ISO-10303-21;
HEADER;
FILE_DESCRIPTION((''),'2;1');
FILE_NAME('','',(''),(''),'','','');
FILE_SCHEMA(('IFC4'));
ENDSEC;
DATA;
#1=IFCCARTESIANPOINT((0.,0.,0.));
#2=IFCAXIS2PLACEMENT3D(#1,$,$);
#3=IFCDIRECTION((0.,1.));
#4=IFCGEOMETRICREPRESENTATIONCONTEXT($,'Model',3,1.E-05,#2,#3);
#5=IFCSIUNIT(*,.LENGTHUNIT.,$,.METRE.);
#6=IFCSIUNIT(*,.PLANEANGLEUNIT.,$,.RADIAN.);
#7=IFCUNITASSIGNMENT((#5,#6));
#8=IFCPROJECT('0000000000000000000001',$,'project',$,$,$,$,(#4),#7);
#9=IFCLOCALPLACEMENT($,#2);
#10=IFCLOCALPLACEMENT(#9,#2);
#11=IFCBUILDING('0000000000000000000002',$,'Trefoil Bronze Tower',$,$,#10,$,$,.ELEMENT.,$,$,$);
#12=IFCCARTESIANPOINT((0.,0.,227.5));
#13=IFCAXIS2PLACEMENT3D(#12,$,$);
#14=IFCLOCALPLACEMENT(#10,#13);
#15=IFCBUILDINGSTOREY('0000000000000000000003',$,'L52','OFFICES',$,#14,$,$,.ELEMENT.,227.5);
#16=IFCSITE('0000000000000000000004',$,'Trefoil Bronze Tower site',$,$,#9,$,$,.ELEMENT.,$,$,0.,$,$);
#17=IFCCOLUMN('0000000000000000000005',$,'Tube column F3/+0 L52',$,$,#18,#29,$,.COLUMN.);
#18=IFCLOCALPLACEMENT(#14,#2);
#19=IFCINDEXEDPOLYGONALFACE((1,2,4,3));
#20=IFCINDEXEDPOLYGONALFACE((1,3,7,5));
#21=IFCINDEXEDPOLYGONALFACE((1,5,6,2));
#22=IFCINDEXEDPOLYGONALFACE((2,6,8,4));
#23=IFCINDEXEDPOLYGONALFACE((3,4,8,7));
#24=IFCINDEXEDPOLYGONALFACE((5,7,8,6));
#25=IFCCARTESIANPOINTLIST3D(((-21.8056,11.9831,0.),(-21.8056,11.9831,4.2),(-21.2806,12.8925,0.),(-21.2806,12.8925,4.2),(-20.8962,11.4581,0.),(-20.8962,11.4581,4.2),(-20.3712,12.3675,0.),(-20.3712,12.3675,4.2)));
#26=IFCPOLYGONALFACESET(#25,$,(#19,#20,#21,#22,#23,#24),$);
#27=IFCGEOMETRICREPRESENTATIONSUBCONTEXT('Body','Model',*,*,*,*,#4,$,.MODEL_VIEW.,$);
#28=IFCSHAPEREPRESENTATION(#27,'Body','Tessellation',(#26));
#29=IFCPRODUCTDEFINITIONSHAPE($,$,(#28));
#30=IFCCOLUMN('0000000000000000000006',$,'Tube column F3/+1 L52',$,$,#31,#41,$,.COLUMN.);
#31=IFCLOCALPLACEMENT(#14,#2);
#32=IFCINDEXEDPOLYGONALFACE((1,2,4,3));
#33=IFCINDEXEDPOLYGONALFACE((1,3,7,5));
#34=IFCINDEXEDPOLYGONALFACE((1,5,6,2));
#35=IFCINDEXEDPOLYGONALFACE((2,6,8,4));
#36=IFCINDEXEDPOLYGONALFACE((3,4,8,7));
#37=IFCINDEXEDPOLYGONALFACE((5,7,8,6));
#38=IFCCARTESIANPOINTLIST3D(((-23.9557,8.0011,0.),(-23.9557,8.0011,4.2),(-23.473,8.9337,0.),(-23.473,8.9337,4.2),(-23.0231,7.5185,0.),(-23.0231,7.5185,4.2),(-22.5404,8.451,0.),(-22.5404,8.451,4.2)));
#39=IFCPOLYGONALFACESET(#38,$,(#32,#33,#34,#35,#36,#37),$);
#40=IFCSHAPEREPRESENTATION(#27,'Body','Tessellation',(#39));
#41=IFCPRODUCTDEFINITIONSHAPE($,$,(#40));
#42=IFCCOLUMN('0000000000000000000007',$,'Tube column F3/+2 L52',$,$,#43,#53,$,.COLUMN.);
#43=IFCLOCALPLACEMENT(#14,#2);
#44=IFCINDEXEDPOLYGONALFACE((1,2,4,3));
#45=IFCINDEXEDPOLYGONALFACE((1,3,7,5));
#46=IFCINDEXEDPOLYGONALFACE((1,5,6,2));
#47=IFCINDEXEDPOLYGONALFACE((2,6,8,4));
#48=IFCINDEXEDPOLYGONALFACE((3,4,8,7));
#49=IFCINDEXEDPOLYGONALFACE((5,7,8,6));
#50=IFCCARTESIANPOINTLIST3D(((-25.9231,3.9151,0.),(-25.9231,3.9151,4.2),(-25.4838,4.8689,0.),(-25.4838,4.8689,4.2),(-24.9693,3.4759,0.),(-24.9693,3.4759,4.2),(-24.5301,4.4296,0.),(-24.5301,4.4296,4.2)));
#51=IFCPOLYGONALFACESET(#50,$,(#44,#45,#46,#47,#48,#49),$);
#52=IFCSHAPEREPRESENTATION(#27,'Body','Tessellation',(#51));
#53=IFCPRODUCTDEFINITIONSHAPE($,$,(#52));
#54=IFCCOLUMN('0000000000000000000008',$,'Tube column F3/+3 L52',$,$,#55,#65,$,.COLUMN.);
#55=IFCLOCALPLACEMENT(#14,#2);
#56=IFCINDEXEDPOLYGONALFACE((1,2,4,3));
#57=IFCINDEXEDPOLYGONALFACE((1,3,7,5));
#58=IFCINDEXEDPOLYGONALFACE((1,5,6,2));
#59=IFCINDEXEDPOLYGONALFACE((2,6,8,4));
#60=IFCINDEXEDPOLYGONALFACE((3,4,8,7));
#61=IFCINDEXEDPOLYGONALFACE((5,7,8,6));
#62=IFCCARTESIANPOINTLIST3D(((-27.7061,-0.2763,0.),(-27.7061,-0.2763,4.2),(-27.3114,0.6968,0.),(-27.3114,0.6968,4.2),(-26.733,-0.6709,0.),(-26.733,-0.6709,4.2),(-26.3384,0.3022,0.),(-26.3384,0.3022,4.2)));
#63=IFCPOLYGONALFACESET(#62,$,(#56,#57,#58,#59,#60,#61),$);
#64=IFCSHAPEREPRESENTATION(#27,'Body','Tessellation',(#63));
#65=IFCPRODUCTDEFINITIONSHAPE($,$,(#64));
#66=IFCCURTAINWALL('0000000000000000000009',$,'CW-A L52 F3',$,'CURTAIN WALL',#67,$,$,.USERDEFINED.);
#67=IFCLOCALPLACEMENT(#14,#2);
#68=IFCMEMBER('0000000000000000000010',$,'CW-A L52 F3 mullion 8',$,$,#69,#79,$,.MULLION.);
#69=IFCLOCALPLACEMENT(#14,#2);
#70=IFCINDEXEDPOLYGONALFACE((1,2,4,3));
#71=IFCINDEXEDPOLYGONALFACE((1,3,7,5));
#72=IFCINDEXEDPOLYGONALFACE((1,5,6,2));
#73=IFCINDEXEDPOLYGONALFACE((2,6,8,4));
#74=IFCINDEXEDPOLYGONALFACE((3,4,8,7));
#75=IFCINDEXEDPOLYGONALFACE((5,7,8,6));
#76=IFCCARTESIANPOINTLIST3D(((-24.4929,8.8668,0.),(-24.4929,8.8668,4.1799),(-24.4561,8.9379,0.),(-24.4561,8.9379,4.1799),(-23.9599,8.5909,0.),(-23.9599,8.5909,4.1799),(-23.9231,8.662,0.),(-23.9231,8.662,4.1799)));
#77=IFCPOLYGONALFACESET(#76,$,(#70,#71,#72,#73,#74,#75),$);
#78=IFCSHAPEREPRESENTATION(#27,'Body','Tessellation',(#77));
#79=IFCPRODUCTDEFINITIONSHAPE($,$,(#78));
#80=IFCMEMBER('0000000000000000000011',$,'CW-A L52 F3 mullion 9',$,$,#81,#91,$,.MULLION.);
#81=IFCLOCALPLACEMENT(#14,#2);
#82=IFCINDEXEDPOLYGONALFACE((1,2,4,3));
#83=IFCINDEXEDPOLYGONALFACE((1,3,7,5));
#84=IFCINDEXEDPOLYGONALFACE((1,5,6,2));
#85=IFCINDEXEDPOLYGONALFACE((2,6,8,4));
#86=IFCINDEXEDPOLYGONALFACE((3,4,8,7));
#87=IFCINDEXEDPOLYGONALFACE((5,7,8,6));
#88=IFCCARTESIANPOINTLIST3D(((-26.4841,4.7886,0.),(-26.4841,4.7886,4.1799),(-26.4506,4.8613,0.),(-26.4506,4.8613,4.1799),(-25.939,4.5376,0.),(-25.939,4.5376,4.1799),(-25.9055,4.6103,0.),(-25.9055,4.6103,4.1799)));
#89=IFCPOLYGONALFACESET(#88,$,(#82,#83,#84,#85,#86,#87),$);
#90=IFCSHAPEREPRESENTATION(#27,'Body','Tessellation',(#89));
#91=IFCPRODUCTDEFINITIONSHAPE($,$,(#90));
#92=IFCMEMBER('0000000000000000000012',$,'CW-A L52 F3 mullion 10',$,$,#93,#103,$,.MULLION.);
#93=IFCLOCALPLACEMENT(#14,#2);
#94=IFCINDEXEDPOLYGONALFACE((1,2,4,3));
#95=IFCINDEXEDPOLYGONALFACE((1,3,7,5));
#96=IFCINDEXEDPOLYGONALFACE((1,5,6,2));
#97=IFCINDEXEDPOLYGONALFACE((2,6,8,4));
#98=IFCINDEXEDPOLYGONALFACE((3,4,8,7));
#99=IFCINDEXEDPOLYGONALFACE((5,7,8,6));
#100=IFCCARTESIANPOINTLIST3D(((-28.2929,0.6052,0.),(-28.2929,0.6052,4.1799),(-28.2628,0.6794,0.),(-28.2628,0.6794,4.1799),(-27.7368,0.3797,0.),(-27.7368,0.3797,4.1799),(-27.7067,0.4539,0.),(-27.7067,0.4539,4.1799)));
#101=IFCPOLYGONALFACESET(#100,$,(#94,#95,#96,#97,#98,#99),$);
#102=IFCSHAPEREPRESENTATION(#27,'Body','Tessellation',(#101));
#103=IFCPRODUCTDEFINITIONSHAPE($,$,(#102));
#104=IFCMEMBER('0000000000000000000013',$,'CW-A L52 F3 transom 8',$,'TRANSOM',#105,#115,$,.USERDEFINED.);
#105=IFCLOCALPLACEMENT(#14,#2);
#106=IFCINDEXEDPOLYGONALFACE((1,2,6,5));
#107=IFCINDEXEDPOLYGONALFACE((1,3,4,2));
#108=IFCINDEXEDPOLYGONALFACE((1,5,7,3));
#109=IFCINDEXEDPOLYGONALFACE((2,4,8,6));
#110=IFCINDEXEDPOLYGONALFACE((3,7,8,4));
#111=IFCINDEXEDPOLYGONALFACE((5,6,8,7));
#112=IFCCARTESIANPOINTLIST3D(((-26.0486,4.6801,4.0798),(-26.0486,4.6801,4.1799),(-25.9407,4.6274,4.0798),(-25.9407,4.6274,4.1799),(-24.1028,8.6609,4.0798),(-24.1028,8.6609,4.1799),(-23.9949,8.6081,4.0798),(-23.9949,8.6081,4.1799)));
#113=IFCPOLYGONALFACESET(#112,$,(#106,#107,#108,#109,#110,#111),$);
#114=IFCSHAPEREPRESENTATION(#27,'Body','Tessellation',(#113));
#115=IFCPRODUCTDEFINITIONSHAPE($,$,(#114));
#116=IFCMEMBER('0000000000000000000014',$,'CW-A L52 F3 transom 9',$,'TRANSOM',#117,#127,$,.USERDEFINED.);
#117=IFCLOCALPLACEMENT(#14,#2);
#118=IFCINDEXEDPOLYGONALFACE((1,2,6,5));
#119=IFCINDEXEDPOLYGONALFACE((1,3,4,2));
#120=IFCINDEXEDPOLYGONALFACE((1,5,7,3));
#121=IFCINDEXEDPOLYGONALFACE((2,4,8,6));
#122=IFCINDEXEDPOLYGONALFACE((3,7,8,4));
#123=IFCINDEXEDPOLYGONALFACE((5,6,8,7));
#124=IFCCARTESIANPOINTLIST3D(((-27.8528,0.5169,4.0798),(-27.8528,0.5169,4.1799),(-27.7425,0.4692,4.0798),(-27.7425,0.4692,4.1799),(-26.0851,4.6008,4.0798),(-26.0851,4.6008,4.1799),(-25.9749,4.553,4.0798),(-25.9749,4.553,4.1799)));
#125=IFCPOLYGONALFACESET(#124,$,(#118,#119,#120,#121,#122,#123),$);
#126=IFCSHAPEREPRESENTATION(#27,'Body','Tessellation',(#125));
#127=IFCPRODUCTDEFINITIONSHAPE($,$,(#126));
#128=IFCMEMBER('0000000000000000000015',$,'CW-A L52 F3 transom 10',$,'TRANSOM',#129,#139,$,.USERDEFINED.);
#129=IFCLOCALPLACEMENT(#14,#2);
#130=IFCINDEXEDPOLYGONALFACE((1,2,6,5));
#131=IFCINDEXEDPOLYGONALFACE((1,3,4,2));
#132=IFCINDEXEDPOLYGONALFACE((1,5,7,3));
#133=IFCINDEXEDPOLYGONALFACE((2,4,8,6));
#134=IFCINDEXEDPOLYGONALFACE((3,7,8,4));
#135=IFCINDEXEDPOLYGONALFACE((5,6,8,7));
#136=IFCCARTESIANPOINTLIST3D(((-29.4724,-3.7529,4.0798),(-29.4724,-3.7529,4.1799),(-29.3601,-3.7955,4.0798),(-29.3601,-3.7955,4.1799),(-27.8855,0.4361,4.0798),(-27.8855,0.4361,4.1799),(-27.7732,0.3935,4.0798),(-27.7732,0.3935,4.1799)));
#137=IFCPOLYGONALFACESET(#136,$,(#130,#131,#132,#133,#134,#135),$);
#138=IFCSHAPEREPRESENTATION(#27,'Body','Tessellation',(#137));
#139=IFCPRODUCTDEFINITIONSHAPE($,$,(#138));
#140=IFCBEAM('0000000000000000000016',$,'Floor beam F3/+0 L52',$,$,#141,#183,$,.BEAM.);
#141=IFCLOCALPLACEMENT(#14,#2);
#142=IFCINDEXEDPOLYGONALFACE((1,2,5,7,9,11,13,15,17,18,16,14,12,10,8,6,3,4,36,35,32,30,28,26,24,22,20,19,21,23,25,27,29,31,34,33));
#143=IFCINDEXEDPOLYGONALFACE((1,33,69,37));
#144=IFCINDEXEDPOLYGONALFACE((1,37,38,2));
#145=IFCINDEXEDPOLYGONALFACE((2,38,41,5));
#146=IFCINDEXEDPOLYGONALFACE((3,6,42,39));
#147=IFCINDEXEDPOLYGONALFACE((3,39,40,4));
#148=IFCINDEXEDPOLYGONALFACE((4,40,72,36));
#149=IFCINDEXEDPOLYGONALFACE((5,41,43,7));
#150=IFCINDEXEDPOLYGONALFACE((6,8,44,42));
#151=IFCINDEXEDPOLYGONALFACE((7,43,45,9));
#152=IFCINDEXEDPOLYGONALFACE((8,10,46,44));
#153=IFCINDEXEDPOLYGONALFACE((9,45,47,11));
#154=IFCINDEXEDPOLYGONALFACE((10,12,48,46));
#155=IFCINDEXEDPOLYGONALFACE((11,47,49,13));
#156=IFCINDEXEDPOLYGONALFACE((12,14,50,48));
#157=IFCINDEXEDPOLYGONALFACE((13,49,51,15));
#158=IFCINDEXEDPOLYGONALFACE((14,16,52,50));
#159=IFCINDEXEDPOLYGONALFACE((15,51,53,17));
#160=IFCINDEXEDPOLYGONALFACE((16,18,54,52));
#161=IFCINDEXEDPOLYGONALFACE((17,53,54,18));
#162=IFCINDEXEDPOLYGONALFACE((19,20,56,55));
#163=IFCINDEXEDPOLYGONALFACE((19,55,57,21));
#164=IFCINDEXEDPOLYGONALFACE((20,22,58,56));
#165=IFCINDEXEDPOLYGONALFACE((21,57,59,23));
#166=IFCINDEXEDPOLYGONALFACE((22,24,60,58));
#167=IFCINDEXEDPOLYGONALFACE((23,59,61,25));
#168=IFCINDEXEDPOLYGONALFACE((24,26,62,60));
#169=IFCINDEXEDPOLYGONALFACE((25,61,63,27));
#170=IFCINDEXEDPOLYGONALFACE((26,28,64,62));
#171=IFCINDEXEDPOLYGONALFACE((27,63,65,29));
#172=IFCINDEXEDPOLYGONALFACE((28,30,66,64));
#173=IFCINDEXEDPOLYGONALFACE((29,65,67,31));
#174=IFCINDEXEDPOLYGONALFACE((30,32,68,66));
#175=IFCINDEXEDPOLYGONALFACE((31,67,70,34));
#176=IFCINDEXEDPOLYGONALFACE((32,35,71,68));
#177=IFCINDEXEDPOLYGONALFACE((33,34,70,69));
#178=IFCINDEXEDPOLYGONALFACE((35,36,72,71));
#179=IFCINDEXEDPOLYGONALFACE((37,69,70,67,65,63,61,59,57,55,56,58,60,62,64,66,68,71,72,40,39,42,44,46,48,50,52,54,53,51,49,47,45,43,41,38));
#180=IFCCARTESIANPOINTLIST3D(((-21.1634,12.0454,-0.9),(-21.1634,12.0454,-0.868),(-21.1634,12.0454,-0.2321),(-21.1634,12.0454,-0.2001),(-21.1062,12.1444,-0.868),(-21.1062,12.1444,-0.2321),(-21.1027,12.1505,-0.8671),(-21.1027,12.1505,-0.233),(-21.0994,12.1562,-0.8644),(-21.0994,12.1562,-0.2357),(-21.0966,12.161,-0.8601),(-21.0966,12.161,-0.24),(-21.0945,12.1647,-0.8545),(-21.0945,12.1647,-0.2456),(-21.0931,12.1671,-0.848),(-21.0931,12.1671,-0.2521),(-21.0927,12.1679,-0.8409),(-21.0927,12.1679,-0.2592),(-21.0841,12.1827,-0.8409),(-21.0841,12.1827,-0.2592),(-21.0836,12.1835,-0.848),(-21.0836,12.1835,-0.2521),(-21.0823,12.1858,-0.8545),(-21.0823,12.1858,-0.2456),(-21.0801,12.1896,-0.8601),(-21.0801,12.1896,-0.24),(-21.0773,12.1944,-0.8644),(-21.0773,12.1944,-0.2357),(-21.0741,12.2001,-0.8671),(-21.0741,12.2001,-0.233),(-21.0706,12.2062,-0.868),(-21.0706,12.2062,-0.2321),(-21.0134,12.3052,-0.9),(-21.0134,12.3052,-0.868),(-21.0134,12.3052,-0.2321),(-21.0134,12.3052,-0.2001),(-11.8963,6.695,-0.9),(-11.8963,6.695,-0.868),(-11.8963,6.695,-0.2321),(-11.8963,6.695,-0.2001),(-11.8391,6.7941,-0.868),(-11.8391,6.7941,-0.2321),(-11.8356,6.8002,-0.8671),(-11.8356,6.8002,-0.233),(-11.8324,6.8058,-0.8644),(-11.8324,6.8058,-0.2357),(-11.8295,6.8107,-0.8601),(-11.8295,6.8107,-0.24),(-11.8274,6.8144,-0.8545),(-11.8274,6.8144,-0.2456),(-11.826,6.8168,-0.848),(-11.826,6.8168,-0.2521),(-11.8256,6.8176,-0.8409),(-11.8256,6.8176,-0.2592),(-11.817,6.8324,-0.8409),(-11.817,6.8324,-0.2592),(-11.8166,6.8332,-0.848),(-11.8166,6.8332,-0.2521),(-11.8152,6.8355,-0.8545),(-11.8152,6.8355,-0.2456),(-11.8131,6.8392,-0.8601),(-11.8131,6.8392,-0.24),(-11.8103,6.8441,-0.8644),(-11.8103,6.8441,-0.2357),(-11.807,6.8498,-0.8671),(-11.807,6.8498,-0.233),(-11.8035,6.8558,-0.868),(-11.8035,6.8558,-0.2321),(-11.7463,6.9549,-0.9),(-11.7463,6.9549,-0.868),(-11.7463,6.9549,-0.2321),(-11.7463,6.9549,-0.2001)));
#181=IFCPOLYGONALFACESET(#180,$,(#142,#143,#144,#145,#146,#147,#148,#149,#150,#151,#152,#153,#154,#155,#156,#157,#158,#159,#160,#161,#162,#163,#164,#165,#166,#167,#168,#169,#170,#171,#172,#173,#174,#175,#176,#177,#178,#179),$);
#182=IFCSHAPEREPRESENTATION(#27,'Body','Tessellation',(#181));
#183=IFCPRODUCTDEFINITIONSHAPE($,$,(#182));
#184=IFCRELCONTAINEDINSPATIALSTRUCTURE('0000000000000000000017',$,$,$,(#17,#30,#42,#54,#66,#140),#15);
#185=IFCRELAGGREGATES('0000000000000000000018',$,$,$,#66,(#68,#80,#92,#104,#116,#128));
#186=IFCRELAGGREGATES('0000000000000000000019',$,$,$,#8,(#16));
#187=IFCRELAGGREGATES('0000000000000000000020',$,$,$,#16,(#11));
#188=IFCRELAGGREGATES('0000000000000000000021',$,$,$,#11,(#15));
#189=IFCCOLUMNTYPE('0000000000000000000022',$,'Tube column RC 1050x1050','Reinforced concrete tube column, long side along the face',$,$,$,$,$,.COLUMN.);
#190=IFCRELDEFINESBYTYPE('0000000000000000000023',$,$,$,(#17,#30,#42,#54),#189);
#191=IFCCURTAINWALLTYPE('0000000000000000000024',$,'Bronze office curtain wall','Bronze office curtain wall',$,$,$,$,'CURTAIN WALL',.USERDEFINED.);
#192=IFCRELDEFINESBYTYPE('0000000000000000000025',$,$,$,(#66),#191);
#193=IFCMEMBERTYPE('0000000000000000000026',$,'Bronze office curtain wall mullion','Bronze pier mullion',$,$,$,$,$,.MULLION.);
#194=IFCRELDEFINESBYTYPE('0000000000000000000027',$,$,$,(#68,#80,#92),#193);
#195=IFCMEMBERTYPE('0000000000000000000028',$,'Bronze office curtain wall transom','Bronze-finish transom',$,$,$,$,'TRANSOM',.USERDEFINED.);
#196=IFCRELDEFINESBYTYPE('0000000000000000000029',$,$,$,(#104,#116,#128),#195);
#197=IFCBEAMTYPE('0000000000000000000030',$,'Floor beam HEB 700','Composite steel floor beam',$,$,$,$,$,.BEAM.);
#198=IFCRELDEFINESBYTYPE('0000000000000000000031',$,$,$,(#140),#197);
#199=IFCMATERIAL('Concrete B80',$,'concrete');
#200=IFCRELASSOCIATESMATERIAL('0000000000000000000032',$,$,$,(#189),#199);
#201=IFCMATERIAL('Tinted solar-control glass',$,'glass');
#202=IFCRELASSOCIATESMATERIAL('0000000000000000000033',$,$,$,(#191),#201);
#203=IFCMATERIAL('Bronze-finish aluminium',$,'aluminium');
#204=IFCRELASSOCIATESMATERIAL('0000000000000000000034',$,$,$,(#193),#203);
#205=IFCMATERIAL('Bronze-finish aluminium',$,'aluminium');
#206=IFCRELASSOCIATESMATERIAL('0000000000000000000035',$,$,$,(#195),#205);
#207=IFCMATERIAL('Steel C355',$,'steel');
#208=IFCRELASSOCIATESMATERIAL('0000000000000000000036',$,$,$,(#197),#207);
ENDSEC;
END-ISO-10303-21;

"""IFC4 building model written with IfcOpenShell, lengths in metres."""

from ifc_helpers import new_model, si_unit, direction, frame, origin, origin_2d, place, context, subcontext, project, spatial, rectangle, i_section, extrude, material, material_profile, profile_set, type_object, element, aggregate, save


model = new_model("IFC4")

# Units and contexts
model_context = context("Model", 3, precision=1e-05, world=origin(), true_north=direction((0.0, 1.0)))
body_context = subcontext(model_context, "Body", "Model", "MODEL_VIEW")
ifc_project = project(units=[si_unit("LENGTHUNIT", "METRE"), si_unit("PLANEANGLEUNIT", "RADIAN")], contexts=[model_context])

# Site, building, storey
site_placement = place(None, origin())
site = spatial("IfcSite", under=ifc_project, at=site_placement, Name="Trefoil Bronze Tower site", CompositionType="ELEMENT", RefElevation=0.0)
building_placement = place(site_placement, origin())
building = spatial("IfcBuilding", under=site, at=building_placement, Name="Trefoil Bronze Tower", CompositionType="ELEMENT")
storey_placement = place(building_placement, frame((0.0, 0.0, 227.5)))
storey = spatial("IfcBuildingStorey", under=building, at=storey_placement, Name="L52", Description="OFFICES", CompositionType="ELEMENT", Elevation=227.5)

# Columns
ifc_material_1 = material(Name="Concrete B80", Category="concrete")
ifc_material_profile_1 = material_profile(ifc_material_1, rectangle(XDim=1.05, YDim=1.05, at=origin_2d()), Name="RC 1050x1050")
ifc_profile_set_1 = profile_set([ifc_material_profile_1], Name="Concrete B80")
column_type = type_object("IfcColumnType", Name="Tube column RC 1050x1050", Description="Reinforced concrete tube column, long side along the face", PredefinedType="COLUMN", material=ifc_profile_set_1)
for number, where, z_axis, x_axis, name in (
    (1, (-21.0884, 12.1753, 0.0), (0.0, 0.0, 1.0), (-0.5, -0.866025, 0.0), "Tube column F3/+0 L52"),
    (2, (-23.248, 8.2261, 0.0), (0.0, 0.0, 1.0), (-0.459673, -0.888088, 0.0), "Tube column F3/+1 L52"),
    (3, (-25.2266, 4.1724, 0.0), (0.0, 0.0, 1.0), (-0.418286, -0.908315, 0.0), "Tube column F3/+2 L52"),
    (4, (-27.0222, 0.0129, 0.0), (0.0, 0.0, 1.0), (-0.375828, -0.926689, 0.0), "Tube column F3/+3 L52"),
):
    element("IfcColumn", number, at=place(storey_placement, frame(where, z_axis=z_axis, x_axis=x_axis)), inside=storey, type_object=column_type, Name=name, PredefinedType="COLUMN", context=body_context, shape_type="SweptSolid", body=[
        extrude(rectangle(XDim=1.05, YDim=1.05, at=origin_2d()), origin(), (0.0, 0.0, 1.0), 4.2),
    ])

# Curtain wall, members
ifc_material_2 = material(Name="Tinted solar-control glass", Category="glass")
curtain_wall_type = type_object("IfcCurtainWallType", Name="Bronze office curtain wall", Description="Bronze office curtain wall", ElementType="CURTAIN WALL", PredefinedType="USERDEFINED", material=ifc_material_2)
curtain_wall_placement = place(storey_placement, origin())
curtain_wall = element("IfcCurtainWall", 5, at=curtain_wall_placement, inside=storey, type_object=curtain_wall_type, Name="CW-A L52 F3", ObjectType="CURTAIN WALL", PredefinedType="USERDEFINED")
ifc_material_3 = material(Name="Bronze-finish aluminium", Category="aluminium")
ifc_material_profile_2 = material_profile(ifc_material_3, rectangle(XDim=0.6001, YDim=0.0801, at=origin_2d()), Name="CW-A mullion")
ifc_profile_set_2 = profile_set([ifc_material_profile_2], Name="Bronze-finish aluminium")
member_type_1 = type_object("IfcMemberType", Name="Bronze office curtain wall mullion", Description="Bronze pier mullion", PredefinedType="MULLION", material=ifc_profile_set_2)
member_1_placement = place(storey_placement, frame((-24.208, 8.7644, 0.0), z_axis=(0.0, 0.0, 1.0), x_axis=(0.888088, -0.459673, 0.0)))
member_1 = element("IfcMember", 6, at=member_1_placement, type_object=member_type_1, Name="CW-A L52 F3 mullion 8", PredefinedType="MULLION", context=body_context, shape_type="SweptSolid", body=[
    extrude(rectangle(XDim=0.6001, YDim=0.0801, at=origin_2d()), origin(), (0.0, 0.0, 1.0), 4.1799),
])
member_2_placement = place(storey_placement, frame((-26.1948, 4.6995, 0.0), z_axis=(0.0, 0.0, 1.0), x_axis=(0.908315, -0.418286, 0.0)))
member_2 = element("IfcMember", 7, at=member_2_placement, type_object=member_type_1, Name="CW-A L52 F3 mullion 9", PredefinedType="MULLION", context=body_context, shape_type="SweptSolid", body=[
    extrude(rectangle(XDim=0.6001, YDim=0.0801, at=origin_2d()), origin(), (0.0, 0.0, 1.0), 4.1799),
])
member_3_placement = place(storey_placement, frame((-27.9998, 0.5295, 0.0), z_axis=(0.0, 0.0, 1.0), x_axis=(0.926689, -0.375828, 0.0)))
member_3 = element("IfcMember", 8, at=member_3_placement, type_object=member_type_1, Name="CW-A L52 F3 mullion 10", PredefinedType="MULLION", context=body_context, shape_type="SweptSolid", body=[
    extrude(rectangle(XDim=0.6001, YDim=0.0801, at=origin_2d()), origin(), (0.0, 0.0, 1.0), 4.1799),
])
ifc_material_4 = material(Name="Bronze-finish aluminium", Category="aluminium")
ifc_material_profile_3 = material_profile(ifc_material_4, rectangle(XDim=0.1201, YDim=0.1001, at=origin_2d()), Name="CW-A transom")
ifc_profile_set_3 = profile_set([ifc_material_profile_3], Name="Bronze-finish aluminium")
member_type_2 = type_object("IfcMemberType", Name="Bronze office curtain wall transom", Description="Bronze-finish transom", ElementType="TRANSOM", PredefinedType="USERDEFINED", material=ifc_profile_set_3)
member_4_placement = place(storey_placement, frame((-24.0488, 8.6345, 4.1299), z_axis=(-0.439151, -0.898413, 0.0), x_axis=(0.898413, -0.439151, 0.0)))
member_4 = element("IfcMember", 9, at=member_4_placement, type_object=member_type_2, Name="CW-A L52 F3 transom 8", ObjectType="TRANSOM", PredefinedType="USERDEFINED", context=body_context, shape_type="SweptSolid", body=[
    extrude(rectangle(XDim=0.1201, YDim=0.1001, at=origin_2d()), origin(), (0.0, 0.0, 1.0), 4.4309),
])
member_5_placement = place(storey_placement, frame((-26.03, 4.5769, 4.1299), z_axis=(-0.397221, -0.917723, 0.0), x_axis=(0.917723, -0.397221, 0.0)))
member_5 = element("IfcMember", 10, at=member_5_placement, type_object=member_type_2, Name="CW-A L52 F3 transom 9", ObjectType="TRANSOM", PredefinedType="USERDEFINED", context=body_context, shape_type="SweptSolid", body=[
    extrude(rectangle(XDim=0.1201, YDim=0.1001, at=origin_2d()), origin(), (0.0, 0.0, 1.0), 4.45),
])
member_6_placement = place(storey_placement, frame((-27.8293, 0.4148, 4.1299), z_axis=(-0.354263, -0.935146, 0.0), x_axis=(0.935146, -0.354263, 0.0)))
member_6 = element("IfcMember", 11, at=member_6_placement, type_object=member_type_2, Name="CW-A L52 F3 transom 10", ObjectType="TRANSOM", PredefinedType="USERDEFINED", context=body_context, shape_type="SweptSolid", body=[
    extrude(rectangle(XDim=0.1201, YDim=0.1001, at=origin_2d()), origin(), (0.0, 0.0, 1.0), 4.4795),
])

# Beam
ifc_material_5 = material(Name="Steel C355", Category="steel")
ifc_material_profile_4 = material_profile(ifc_material_5, i_section(OverallWidth=0.3, OverallDepth=0.7, WebThickness=0.0171, FlangeThickness=0.032, FilletRadius=0.0271, at=origin_2d()), Name="HEB 700")
ifc_profile_set_4 = profile_set([ifc_material_profile_4], Name="Steel C355")
beam_type_1 = type_object("IfcBeamType", Name="Floor beam HEB 700", Description="Composite steel floor beam", PredefinedType="BEAM", material=ifc_profile_set_4)
beam_1_placement = place(storey_placement, frame((-21.0884, 12.1753, -0.55), z_axis=(0.866026, -0.499999, 0.0), x_axis=(0.499999, 0.866026, 0.0)))
element("IfcBeam", 12, at=beam_1_placement, inside=storey, type_object=beam_type_1, Name="Floor beam F3/+0 L52", PredefinedType="BEAM", context=body_context, shape_type="SweptSolid", body=[
    extrude(i_section(OverallWidth=0.3, OverallDepth=0.7, WebThickness=0.0171, FlangeThickness=0.032, FilletRadius=0.0271, at=origin_2d()), origin(), (0.0, 0.0, 1.0), 10.7007),
])

aggregate(curtain_wall, [member_1, member_2, member_3, member_4, member_5, member_6])

save(model, "model.ifc")
